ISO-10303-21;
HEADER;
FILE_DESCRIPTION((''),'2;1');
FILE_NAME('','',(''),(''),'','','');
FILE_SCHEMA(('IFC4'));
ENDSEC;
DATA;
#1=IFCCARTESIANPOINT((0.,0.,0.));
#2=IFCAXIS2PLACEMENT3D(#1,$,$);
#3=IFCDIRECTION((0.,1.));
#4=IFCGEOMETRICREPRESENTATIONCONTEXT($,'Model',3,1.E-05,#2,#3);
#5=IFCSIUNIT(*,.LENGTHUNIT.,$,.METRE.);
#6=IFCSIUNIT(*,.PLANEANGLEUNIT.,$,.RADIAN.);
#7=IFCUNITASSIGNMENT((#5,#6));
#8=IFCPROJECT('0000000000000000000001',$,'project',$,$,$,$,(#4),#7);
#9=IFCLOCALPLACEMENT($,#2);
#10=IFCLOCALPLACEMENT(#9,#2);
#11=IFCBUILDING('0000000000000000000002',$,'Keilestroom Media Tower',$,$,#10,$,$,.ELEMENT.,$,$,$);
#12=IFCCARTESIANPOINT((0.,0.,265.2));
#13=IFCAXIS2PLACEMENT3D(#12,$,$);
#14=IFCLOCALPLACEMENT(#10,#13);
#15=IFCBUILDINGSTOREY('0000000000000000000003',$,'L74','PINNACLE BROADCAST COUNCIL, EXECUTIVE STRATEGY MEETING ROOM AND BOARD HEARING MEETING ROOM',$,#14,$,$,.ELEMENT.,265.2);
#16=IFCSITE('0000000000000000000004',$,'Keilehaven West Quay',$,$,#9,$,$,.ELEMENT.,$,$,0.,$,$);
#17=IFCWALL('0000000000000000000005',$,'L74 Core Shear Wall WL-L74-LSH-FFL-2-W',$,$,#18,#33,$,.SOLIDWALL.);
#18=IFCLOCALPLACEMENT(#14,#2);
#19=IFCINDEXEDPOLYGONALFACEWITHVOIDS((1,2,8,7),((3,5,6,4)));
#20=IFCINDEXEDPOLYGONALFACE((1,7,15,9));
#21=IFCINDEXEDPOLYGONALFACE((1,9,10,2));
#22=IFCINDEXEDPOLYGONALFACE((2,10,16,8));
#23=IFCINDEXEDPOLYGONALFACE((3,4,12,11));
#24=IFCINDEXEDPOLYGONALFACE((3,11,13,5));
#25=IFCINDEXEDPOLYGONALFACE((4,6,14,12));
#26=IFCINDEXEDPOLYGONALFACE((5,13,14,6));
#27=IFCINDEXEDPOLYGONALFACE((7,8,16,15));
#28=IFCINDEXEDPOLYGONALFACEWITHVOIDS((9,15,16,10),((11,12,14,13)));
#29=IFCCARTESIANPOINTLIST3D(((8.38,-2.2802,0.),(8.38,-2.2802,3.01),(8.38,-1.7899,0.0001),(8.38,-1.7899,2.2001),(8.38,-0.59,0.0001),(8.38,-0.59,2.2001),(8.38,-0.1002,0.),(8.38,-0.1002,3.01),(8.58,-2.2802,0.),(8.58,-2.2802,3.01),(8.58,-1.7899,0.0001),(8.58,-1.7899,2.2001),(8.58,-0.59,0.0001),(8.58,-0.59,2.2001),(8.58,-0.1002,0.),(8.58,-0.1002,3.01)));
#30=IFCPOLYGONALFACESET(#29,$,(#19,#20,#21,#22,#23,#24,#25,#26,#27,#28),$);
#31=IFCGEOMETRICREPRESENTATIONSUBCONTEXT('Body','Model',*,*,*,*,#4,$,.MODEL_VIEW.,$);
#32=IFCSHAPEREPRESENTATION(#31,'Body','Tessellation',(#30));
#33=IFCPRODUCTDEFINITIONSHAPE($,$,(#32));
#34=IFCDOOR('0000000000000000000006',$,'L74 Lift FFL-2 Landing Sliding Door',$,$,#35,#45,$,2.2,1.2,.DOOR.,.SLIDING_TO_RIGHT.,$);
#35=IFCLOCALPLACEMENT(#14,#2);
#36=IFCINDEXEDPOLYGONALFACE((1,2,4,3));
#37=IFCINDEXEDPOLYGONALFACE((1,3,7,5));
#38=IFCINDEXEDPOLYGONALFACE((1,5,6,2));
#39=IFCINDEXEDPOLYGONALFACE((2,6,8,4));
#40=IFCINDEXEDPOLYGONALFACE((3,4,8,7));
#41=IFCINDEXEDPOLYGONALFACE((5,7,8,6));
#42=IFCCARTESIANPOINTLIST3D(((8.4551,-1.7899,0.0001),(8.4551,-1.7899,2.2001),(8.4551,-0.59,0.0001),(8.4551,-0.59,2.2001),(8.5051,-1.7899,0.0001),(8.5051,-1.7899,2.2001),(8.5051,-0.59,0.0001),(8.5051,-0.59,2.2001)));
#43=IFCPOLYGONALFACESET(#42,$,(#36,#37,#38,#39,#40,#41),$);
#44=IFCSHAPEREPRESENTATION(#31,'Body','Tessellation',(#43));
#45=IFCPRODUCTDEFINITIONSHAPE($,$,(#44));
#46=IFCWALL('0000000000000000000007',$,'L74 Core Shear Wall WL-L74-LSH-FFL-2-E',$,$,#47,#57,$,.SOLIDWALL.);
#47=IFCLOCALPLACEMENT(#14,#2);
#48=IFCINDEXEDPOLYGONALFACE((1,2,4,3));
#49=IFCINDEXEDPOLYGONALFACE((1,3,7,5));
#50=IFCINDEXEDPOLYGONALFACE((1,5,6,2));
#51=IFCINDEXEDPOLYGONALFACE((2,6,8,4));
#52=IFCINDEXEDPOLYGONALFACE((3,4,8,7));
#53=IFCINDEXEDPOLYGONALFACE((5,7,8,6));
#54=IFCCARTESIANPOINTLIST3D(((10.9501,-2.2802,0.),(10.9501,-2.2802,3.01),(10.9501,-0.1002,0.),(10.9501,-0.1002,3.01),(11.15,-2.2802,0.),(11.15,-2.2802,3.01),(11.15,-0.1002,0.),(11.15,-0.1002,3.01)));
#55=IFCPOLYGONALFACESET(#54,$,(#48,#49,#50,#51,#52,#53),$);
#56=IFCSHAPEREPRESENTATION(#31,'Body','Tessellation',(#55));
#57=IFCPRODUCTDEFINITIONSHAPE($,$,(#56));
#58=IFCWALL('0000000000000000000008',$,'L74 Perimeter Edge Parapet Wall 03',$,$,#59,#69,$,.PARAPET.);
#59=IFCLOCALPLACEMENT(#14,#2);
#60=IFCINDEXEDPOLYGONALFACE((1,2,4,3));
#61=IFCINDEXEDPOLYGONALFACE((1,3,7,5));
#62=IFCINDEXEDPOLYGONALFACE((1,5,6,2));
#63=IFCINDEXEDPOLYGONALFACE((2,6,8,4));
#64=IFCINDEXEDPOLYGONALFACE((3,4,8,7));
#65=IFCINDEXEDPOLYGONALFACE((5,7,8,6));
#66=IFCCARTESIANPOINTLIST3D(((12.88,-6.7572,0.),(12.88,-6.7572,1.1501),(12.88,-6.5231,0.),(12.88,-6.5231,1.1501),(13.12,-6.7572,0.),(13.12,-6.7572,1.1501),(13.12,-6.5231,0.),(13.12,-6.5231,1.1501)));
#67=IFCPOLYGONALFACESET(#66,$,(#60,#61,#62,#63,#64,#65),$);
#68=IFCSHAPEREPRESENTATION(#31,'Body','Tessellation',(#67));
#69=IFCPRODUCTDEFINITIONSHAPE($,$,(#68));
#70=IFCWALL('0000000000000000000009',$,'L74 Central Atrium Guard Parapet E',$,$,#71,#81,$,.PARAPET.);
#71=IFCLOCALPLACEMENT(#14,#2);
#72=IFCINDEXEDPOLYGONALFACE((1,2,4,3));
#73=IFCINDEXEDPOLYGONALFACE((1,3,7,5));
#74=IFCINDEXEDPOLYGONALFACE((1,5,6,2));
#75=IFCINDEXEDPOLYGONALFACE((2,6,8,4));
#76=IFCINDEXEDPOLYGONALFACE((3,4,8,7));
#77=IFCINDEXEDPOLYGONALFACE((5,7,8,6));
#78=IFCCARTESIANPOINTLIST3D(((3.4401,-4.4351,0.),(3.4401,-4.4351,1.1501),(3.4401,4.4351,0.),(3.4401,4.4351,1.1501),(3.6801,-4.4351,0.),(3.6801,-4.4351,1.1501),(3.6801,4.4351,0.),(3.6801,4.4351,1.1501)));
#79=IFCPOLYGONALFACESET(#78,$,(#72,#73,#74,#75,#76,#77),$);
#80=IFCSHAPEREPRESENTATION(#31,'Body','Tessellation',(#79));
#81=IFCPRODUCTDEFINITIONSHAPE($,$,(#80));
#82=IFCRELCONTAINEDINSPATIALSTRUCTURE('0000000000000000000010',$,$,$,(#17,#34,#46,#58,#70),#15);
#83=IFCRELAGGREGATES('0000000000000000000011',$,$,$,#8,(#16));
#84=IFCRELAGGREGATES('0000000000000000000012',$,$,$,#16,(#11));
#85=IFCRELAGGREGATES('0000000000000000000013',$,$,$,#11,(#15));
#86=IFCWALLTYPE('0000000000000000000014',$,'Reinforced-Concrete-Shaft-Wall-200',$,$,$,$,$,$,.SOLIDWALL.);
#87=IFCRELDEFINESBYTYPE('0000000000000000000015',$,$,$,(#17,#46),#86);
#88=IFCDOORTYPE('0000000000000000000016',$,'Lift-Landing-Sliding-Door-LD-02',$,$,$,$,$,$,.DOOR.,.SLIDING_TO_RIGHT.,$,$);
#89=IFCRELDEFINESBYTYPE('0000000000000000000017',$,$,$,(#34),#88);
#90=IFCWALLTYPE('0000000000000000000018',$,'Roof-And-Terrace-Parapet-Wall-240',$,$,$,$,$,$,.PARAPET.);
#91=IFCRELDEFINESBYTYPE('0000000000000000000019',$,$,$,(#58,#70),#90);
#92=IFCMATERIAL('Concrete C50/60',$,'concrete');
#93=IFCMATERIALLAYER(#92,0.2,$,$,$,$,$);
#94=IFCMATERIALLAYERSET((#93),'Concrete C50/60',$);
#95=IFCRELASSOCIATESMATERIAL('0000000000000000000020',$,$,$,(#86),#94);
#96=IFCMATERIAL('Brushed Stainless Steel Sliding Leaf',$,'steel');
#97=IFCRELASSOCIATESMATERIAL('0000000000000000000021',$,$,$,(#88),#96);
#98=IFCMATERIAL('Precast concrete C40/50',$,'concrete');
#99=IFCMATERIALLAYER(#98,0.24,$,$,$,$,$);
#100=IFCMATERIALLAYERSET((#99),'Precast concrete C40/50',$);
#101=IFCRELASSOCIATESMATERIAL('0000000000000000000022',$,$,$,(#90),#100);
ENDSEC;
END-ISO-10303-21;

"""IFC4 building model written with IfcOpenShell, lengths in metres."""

from ifc_helpers import new_model, si_unit, direction, frame, frame_2d, origin, place, context, subcontext, project, spatial, rectangle, extrude, source, transform, mapped, material, layer, layer_set, type_object, element, fill, save


model = new_model("IFC4")

# Units and contexts
model_context = context("Model", 3, precision=1e-05, world=origin(), true_north=direction((0.0, 1.0)))
body_context = subcontext(model_context, "Body", "Model", "MODEL_VIEW")
ifc_project = project(units=[si_unit("LENGTHUNIT", "METRE"), si_unit("PLANEANGLEUNIT", "RADIAN")], contexts=[model_context])

# Site, building, storey
site_placement = place(None, origin())
site = spatial("IfcSite", under=ifc_project, at=site_placement, Name="Keilehaven West Quay", CompositionType="ELEMENT", RefElevation=0.0)
building_placement = place(site_placement, origin())
building = spatial("IfcBuilding", under=site, at=building_placement, Name="Keilestroom Media Tower", CompositionType="ELEMENT")
storey_placement = place(building_placement, frame((0.0, 0.0, 265.2)))
storey = spatial("IfcBuildingStorey", under=building, at=storey_placement, Name="L74", Description="PINNACLE BROADCAST COUNCIL, EXECUTIVE STRATEGY MEETING ROOM AND BOARD HEARING MEETING ROOM", CompositionType="ELEMENT", Elevation=265.2)

# Shared definitions
ifc_material_1 = material(Name="Concrete C50/60", Category="concrete")

# Shared definitions
shared_shape_1 = source(origin(), body_context, "Body", "SweptSolid", [
    extrude(rectangle(XDim=1.2, YDim=2.2, at=frame_2d((0.6001, 1.1001))), frame((0.0, 0.0249, 0.0), z_axis=(0.0, -1.0, 0.0), x_axis=(1.0, 0.0, 0.0)), (0.0, 0.0, 1.0), 0.05),
])

# Shared definitions
ifc_layer_1 = layer(ifc_material_1, 0.2)
ifc_layer_set_1 = layer_set([ifc_layer_1], Name="Concrete C50/60")
wall_type_1 = type_object("IfcWallType", Name="Reinforced-Concrete-Shaft-Wall-200", PredefinedType="SOLIDWALL", material=ifc_layer_set_1)

# Wall, opening, door
wall_1_placement = place(storey_placement, frame((8.48, -2.28, 0.0), z_axis=(0.0, 0.0, 1.0), x_axis=(0.0, 1.0, 0.0)))
wall_1 = element("IfcWall", 1, at=wall_1_placement, inside=storey, type_object=wall_type_1, Name="L74 Core Shear Wall WL-L74-LSH-FFL-2-W", PredefinedType="SOLIDWALL", context=body_context, shape_type="SweptSolid", body=[
    extrude(rectangle(XDim=2.1799, YDim=0.2, at=frame_2d((1.0898, 0.0))), origin(), (0.0, 0.0, 1.0), 3.01),
])
opening_1_placement = place(wall_1_placement, frame((0.49, 0.0, 0.0)))
opening_1 = element("IfcOpeningElement", 2, at=opening_1_placement, cuts=wall_1, PredefinedType="OPENING", context=body_context, shape_type="SweptSolid", body=[
    extrude(rectangle(XDim=1.2, YDim=2.2, at=frame_2d((0.6001, 1.1001))), frame((0.0, 0.1099, 0.0), z_axis=(0.0, -1.0, 0.0), x_axis=(1.0, 0.0, 0.0)), (0.0, 0.0, 1.0), 0.22),
])
ifc_material_2 = material(Name="Brushed Stainless Steel Sliding Leaf", Category="steel")
door_type_1 = type_object("IfcDoorType", Name="Lift-Landing-Sliding-Door-LD-02", OperationType="SLIDING_TO_RIGHT", PredefinedType="DOOR", material=ifc_material_2)
door_1_placement = place(opening_1_placement, origin())
door_1 = element("IfcDoor", 3, at=door_1_placement, inside=storey, type_object=door_type_1, Name="L74 Lift FFL-2 Landing Sliding Door", OperationType="SLIDING_TO_RIGHT", OverallHeight=2.2, OverallWidth=1.2, PredefinedType="DOOR", context=body_context, shape_type="MappedRepresentation", body=[
    mapped(shared_shape_1, transform((0.0, 0.0, 0.0), x_axis=(1.0, 0.0, 0.0), y_axis=(0.0, 1.0, 0.0), z_axis=(0.0, 0.0, 1.0), scale=1.0)),
])
fill(opening_1, door_1)

# Walls
wall_2_placement = place(storey_placement, frame((11.05, -2.28, 0.0), z_axis=(0.0, 0.0, 1.0), x_axis=(0.0, 1.0, 0.0)))
element("IfcWall", 4, at=wall_2_placement, inside=storey, type_object=wall_type_1, Name="L74 Core Shear Wall WL-L74-LSH-FFL-2-E", PredefinedType="SOLIDWALL", context=body_context, shape_type="SweptSolid", body=[
    extrude(rectangle(XDim=2.1799, YDim=0.2, at=frame_2d((1.0898, 0.0))), origin(), (0.0, 0.0, 1.0), 3.01),
])
ifc_material_3 = material(Name="Precast concrete C40/50", Category="concrete")
ifc_layer_2 = layer(ifc_material_3, 0.24)
ifc_layer_set_2 = layer_set([ifc_layer_2], Name="Precast concrete C40/50")
wall_type_2 = type_object("IfcWallType", Name="Roof-And-Terrace-Parapet-Wall-240", PredefinedType="PARAPET", material=ifc_layer_set_2)
wall_3_placement = place(storey_placement, frame((13.0, -6.5229, 0.0), z_axis=(0.0, 0.0, 1.0), x_axis=(0.0, -1.0, 0.0)))
element("IfcWall", 5, at=wall_3_placement, inside=storey, type_object=wall_type_2, Name="L74 Perimeter Edge Parapet Wall 03", PredefinedType="PARAPET", context=body_context, shape_type="SweptSolid", body=[
    extrude(rectangle(XDim=0.2341, YDim=0.24, at=frame_2d((0.1172, 0.0))), origin(), (0.0, 0.0, 1.0), 1.1501),
])
wall_4_placement = place(storey_placement, frame((3.5601, -4.4351, 0.0), z_axis=(0.0, 0.0, 1.0), x_axis=(0.0, 1.0, 0.0)))
element("IfcWall", 6, at=wall_4_placement, inside=storey, type_object=wall_type_2, Name="L74 Central Atrium Guard Parapet E", PredefinedType="PARAPET", context=body_context, shape_type="SweptSolid", body=[
    extrude(rectangle(XDim=8.8701, YDim=0.24, at=frame_2d((4.4351, 0.0))), origin(), (0.0, 0.0, 1.0), 1.1501),
])

save(model, "model.ifc")
